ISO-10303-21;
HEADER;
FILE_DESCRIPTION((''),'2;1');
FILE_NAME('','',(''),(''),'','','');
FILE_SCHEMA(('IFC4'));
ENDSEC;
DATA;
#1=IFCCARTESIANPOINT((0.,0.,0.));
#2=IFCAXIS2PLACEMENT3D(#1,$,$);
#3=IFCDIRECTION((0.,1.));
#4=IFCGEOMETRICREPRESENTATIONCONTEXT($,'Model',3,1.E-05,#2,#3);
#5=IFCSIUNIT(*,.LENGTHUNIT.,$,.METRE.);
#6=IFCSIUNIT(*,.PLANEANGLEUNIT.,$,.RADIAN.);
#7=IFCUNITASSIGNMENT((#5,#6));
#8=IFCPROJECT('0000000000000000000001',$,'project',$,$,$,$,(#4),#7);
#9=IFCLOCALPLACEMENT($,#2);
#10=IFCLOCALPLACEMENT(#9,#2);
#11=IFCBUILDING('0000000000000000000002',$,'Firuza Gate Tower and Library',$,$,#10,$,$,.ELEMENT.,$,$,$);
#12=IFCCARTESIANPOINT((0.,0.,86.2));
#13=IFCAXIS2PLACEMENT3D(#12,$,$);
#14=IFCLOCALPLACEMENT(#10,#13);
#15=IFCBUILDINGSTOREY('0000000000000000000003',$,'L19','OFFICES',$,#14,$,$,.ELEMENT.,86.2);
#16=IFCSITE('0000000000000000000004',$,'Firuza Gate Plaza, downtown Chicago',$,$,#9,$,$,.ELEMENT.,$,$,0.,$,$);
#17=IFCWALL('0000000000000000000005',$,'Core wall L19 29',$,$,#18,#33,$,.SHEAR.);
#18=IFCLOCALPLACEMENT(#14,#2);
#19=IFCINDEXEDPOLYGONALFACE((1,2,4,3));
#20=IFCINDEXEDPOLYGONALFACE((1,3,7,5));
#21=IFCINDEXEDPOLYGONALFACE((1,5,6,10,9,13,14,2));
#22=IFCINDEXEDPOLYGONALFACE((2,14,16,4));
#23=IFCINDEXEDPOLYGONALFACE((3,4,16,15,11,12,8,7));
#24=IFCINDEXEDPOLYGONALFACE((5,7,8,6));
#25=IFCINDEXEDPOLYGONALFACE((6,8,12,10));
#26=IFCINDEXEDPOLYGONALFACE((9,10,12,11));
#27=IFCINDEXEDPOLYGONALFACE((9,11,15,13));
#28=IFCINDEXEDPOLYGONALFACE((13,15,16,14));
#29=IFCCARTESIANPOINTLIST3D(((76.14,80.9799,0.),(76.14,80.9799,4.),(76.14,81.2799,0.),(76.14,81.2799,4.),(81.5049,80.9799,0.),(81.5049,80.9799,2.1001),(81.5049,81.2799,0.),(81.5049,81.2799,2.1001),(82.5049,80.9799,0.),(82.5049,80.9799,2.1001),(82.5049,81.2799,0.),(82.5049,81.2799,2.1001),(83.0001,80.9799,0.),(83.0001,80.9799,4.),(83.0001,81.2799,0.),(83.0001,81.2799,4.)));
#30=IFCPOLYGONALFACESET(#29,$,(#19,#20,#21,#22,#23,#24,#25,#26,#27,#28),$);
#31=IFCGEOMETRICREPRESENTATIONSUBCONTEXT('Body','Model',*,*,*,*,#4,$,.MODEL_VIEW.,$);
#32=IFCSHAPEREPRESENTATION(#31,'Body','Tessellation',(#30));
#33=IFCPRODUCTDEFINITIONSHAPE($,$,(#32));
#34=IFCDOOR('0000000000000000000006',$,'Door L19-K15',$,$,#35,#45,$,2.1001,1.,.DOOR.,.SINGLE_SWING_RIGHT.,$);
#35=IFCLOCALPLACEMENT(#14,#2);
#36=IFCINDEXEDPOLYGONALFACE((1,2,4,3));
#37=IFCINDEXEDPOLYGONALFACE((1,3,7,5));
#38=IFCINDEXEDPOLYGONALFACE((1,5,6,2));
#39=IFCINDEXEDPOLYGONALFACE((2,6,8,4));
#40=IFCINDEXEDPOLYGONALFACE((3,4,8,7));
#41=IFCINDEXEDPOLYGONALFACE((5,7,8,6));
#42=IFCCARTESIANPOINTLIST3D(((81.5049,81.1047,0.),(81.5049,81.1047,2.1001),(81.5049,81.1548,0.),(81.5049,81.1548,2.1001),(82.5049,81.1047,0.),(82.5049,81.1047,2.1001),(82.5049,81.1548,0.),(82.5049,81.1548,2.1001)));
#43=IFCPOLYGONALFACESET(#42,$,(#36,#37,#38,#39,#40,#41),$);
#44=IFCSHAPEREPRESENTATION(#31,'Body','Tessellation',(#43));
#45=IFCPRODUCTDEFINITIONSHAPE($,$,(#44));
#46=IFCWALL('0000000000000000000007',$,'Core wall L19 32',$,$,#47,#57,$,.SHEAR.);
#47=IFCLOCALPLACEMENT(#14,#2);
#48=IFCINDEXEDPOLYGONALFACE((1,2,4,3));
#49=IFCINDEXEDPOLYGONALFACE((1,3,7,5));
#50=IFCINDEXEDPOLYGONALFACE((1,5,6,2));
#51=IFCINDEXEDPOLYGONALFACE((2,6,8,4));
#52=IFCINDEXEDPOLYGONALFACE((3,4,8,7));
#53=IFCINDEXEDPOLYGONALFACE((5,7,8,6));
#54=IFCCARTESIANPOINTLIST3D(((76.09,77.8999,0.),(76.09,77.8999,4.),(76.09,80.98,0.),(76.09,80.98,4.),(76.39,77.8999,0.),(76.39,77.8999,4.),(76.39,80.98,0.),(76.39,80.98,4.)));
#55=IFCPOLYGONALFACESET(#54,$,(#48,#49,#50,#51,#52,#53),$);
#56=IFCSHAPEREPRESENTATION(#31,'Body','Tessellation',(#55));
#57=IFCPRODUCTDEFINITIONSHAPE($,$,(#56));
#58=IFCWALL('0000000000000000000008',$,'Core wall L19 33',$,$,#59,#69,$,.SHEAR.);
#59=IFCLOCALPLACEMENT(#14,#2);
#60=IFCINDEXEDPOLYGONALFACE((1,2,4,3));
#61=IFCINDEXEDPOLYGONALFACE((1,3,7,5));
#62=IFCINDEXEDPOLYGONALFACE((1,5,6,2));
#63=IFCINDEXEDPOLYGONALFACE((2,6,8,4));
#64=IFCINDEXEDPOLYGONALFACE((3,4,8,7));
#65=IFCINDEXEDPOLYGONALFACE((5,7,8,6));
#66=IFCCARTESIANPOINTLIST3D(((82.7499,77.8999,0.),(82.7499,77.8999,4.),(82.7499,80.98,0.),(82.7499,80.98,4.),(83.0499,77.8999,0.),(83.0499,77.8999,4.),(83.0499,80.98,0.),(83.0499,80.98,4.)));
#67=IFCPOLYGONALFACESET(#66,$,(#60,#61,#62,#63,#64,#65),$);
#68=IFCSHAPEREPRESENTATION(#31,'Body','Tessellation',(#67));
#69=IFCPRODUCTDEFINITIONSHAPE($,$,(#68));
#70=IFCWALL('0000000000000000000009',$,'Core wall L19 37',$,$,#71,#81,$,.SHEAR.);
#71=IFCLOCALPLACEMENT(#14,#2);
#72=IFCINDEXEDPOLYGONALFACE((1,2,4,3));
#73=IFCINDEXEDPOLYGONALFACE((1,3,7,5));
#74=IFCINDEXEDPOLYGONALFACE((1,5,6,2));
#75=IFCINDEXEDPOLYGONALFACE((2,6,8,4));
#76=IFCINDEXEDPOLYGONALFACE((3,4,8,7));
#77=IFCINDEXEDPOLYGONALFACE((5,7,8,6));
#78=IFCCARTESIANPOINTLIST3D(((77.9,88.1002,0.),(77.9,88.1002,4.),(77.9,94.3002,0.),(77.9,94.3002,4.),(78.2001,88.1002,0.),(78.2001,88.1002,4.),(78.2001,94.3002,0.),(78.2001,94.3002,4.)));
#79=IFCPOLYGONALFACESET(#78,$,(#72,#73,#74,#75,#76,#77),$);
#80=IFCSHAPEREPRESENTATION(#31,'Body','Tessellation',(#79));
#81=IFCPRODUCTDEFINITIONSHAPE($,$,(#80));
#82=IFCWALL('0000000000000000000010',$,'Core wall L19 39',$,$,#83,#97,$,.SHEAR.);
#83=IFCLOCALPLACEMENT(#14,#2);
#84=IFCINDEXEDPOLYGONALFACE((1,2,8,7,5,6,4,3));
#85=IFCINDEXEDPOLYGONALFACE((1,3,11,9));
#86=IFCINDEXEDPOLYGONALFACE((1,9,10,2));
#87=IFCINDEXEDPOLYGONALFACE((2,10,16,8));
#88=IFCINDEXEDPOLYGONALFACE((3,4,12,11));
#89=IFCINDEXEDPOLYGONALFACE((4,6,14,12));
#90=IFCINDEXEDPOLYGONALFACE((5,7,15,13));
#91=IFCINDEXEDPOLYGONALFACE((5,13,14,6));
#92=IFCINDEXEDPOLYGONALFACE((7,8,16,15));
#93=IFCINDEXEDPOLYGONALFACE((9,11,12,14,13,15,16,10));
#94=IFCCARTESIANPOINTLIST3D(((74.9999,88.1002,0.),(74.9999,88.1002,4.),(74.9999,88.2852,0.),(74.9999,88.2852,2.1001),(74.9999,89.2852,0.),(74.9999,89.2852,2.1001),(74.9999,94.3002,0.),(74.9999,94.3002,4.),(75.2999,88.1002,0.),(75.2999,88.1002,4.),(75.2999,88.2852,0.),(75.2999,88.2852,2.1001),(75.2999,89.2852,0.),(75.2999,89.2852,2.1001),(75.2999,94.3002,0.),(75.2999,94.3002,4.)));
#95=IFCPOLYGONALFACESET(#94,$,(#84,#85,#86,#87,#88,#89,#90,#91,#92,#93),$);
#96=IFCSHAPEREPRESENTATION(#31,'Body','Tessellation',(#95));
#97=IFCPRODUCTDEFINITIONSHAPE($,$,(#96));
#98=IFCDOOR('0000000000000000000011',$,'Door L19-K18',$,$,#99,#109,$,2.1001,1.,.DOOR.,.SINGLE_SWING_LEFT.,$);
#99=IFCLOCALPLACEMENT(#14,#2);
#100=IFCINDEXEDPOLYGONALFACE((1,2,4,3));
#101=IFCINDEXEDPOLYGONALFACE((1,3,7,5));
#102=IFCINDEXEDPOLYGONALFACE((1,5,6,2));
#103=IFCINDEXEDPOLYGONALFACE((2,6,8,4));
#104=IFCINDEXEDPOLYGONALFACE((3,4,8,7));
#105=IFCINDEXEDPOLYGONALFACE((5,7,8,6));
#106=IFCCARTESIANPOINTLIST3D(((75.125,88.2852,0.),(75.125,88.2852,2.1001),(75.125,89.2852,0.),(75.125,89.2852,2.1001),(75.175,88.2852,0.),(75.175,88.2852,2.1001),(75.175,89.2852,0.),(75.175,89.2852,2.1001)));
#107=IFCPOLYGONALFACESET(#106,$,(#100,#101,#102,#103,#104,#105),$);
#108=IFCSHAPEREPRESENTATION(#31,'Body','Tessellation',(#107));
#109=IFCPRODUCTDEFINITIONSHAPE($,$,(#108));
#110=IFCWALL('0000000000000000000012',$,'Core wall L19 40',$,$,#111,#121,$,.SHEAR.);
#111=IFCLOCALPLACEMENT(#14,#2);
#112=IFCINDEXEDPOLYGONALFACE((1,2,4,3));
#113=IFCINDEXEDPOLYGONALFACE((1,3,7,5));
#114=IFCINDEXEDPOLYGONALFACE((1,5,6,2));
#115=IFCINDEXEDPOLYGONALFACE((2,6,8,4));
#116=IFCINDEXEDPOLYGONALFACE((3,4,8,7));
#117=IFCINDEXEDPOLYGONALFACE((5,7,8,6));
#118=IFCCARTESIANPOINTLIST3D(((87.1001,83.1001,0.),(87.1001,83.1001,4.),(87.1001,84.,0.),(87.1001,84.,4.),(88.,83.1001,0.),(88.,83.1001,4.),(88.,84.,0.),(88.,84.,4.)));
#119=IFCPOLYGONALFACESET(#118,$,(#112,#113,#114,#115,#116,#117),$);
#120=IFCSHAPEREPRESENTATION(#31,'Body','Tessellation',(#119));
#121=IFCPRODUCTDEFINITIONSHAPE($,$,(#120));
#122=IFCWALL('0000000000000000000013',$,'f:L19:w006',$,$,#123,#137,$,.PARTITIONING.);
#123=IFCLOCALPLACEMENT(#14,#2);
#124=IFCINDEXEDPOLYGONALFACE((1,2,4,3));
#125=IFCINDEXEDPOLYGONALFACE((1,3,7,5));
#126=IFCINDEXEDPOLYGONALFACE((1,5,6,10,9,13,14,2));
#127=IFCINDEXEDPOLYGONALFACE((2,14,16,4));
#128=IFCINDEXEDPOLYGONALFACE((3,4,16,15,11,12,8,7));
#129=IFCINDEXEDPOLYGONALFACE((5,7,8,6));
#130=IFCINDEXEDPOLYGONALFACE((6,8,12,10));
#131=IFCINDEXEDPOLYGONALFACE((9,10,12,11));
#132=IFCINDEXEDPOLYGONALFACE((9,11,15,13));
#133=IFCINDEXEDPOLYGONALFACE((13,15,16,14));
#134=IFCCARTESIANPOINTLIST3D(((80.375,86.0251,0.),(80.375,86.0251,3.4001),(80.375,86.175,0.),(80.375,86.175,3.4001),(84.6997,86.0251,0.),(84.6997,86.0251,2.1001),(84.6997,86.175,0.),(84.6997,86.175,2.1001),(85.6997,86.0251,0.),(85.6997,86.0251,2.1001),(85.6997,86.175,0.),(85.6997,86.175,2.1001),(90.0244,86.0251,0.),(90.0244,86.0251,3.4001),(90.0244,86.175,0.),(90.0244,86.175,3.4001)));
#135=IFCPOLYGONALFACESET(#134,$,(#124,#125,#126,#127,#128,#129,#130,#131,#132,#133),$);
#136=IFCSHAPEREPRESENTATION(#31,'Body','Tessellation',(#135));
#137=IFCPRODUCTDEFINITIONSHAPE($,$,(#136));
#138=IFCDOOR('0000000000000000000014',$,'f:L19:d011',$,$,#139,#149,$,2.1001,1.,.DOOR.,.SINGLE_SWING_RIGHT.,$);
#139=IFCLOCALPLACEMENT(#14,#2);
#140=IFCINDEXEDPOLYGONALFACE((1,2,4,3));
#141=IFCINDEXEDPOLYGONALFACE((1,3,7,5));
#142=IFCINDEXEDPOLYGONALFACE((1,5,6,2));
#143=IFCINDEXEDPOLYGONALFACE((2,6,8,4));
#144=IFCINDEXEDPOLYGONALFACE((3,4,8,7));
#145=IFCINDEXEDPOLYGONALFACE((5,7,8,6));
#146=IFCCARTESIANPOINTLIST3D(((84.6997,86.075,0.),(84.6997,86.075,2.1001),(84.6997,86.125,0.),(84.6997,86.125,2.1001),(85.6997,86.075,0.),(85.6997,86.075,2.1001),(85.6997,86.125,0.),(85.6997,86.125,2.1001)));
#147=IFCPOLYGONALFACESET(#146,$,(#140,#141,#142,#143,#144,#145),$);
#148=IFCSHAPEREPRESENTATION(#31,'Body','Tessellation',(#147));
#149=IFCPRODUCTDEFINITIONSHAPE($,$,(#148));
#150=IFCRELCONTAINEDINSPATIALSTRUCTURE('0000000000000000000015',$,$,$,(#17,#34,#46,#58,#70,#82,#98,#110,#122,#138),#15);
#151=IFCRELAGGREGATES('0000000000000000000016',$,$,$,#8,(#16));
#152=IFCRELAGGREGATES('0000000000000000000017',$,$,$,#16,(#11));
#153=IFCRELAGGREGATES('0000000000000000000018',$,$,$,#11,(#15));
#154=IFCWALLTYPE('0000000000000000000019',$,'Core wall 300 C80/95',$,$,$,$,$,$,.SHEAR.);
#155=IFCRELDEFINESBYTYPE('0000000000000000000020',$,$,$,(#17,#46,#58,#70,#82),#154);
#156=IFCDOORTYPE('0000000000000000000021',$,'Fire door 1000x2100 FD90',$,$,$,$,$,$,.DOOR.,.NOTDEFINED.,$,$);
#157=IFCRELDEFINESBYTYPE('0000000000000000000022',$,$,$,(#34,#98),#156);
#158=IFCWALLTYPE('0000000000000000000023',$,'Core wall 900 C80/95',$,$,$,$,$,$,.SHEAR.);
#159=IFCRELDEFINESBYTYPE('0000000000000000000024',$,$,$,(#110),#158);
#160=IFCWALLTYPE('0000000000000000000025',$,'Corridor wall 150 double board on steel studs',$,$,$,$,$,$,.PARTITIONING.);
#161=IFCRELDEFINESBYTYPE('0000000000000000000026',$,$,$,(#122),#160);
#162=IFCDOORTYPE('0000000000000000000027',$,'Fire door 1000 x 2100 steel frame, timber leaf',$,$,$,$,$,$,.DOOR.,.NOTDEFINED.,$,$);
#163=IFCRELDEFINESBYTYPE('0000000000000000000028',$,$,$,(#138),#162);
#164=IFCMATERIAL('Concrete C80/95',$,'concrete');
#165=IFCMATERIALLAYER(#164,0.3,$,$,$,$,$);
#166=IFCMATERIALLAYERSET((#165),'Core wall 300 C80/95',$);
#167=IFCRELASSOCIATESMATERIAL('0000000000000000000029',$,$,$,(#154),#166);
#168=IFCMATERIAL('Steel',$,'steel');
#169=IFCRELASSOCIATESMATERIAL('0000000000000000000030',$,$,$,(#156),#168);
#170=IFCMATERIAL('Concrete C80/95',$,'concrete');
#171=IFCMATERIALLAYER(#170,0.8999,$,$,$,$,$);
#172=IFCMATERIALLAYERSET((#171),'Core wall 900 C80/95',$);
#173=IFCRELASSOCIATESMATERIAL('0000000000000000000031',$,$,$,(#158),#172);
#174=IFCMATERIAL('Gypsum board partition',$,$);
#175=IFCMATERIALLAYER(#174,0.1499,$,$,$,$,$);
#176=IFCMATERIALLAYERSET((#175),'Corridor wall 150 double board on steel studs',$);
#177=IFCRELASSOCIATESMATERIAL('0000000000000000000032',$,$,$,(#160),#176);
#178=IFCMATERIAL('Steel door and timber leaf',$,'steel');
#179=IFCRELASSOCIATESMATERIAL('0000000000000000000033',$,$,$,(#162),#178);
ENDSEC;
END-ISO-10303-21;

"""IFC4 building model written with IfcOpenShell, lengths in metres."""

from ifc_helpers import new_model, si_unit, direction, frame, frame_2d, origin, place, context, subcontext, project, spatial, rectangle, extrude, material, layer, layer_set, type_object, element, fill, save


model = new_model("IFC4")

# Units and contexts
model_context = context("Model", 3, precision=1e-05, world=origin(), true_north=direction((0.0, 1.0)))
body_context = subcontext(model_context, "Body", "Model", "MODEL_VIEW")
ifc_project = project(units=[si_unit("LENGTHUNIT", "METRE"), si_unit("PLANEANGLEUNIT", "RADIAN")], contexts=[model_context])

# Site, building, storey
site_placement = place(None, origin())
site = spatial("IfcSite", under=ifc_project, at=site_placement, Name="Firuza Gate Plaza, downtown Chicago", CompositionType="ELEMENT", RefElevation=0.0)
building_placement = place(site_placement, origin())
building = spatial("IfcBuilding", under=site, at=building_placement, Name="Firuza Gate Tower and Library", CompositionType="ELEMENT")
storey_placement = place(building_placement, frame((0.0, 0.0, 86.2)))
storey = spatial("IfcBuildingStorey", under=building, at=storey_placement, Name="L19", Description="OFFICES", CompositionType="ELEMENT", Elevation=86.2)

# Shared definitions
ifc_material_1 = material(Name="Concrete C80/95", Category="concrete")
ifc_layer_1 = layer(ifc_material_1, 0.3)
ifc_layer_set_1 = layer_set([ifc_layer_1], Name="Core wall 300 C80/95")
wall_type_1 = type_object("IfcWallType", Name="Core wall 300 C80/95", PredefinedType="SHEAR", material=ifc_layer_set_1)

# Wall, opening, door
wall_1_placement = place(storey_placement, frame((76.1399, 81.1299, 0.0), z_axis=(0.0, 0.0, 1.0), x_axis=(1.0, 0.0, 0.0)))
wall_1 = element("IfcWall", 1, at=wall_1_placement, inside=storey, type_object=wall_type_1, Name="Core wall L19 29", PredefinedType="SHEAR", context=body_context, shape_type="SweptSolid", body=[
    extrude(rectangle(XDim=6.8601, YDim=0.3, at=frame_2d((3.4302, 0.0))), origin(), (0.0, 0.0, 1.0), 4.0),
])
opening_1_placement = place(wall_1_placement, frame((5.365, 0.0, 0.0)))
opening_1 = element("IfcOpeningElement", 2, at=opening_1_placement, cuts=wall_1, PredefinedType="OPENING", context=body_context, shape_type="SweptSolid", body=[
    extrude(rectangle(XDim=1.0, YDim=2.1001, at=frame_2d((0.5, 1.05))), frame((0.0, 0.1602, 0.0), z_axis=(0.0, -1.0, 0.0), x_axis=(1.0, 0.0, 0.0)), (0.0, 0.0, 1.0), 0.3201),
])
ifc_material_2 = material(Name="Steel", Category="steel")
door_type_1 = type_object("IfcDoorType", Name="Fire door 1000x2100 FD90", OperationType="NOTDEFINED", PredefinedType="DOOR", material=ifc_material_2)
door_1_placement = place(opening_1_placement, origin())
door_1 = element("IfcDoor", 3, at=door_1_placement, inside=storey, type_object=door_type_1, Name="Door L19-K15", OperationType="SINGLE_SWING_RIGHT", OverallHeight=2.1001, OverallWidth=1.0, PredefinedType="DOOR", context=body_context, shape_type="SweptSolid", body=[
    extrude(rectangle(XDim=1.0, YDim=2.1001, at=frame_2d((0.5, 1.05))), frame((0.0, 0.0249, 0.0), z_axis=(0.0, -1.0, 0.0), x_axis=(1.0, 0.0, 0.0)), (0.0, 0.0, 1.0), 0.05),
])
fill(opening_1, door_1)

# Walls
for number, where, z_axis, x_axis, name in (
    (4, (76.24, 77.8999, 0.0), (0.0, 0.0, 1.0), (0.0, 1.0, 0.0), "Core wall L19 32"),
    (5, (82.8999, 77.8999, 0.0), (0.0, 0.0, 1.0), (0.0, 1.0, 0.0), "Core wall L19 33"),
):
    element("IfcWall", number, at=place(storey_placement, frame(where, z_axis=z_axis, x_axis=x_axis)), inside=storey, type_object=wall_type_1, Name=name, PredefinedType="SHEAR", context=body_context, shape_type="SweptSolid", body=[
        extrude(rectangle(XDim=3.0801, YDim=0.3, at=frame_2d((1.54, 0.0))), origin(), (0.0, 0.0, 1.0), 4.0),
    ])
wall_2_placement = place(storey_placement, frame((78.05, 88.1001, 0.0), z_axis=(0.0, 0.0, 1.0), x_axis=(0.0, 1.0, 0.0)))
element("IfcWall", 6, at=wall_2_placement, inside=storey, type_object=wall_type_1, Name="Core wall L19 37", PredefinedType="SHEAR", context=body_context, shape_type="SweptSolid", body=[
    extrude(rectangle(XDim=6.2, YDim=0.3, at=frame_2d((3.1001, 0.0))), origin(), (0.0, 0.0, 1.0), 4.0),
])

# Wall, opening, door
wall_3_placement = place(storey_placement, frame((75.1499, 88.1001, 0.0), z_axis=(0.0, 0.0, 1.0), x_axis=(0.0, 1.0, 0.0)))
wall_3 = element("IfcWall", 7, at=wall_3_placement, inside=storey, type_object=wall_type_1, Name="Core wall L19 39", PredefinedType="SHEAR", context=body_context, shape_type="SweptSolid", body=[
    extrude(rectangle(XDim=6.2, YDim=0.3, at=frame_2d((3.1001, 0.0))), origin(), (0.0, 0.0, 1.0), 4.0),
])
opening_2_placement = place(wall_3_placement, frame((0.1851, 0.0, 0.0)))
opening_2 = element("IfcOpeningElement", 8, at=opening_2_placement, cuts=wall_3, PredefinedType="OPENING", context=body_context, shape_type="SweptSolid", body=[
    extrude(rectangle(XDim=1.0, YDim=2.1001, at=frame_2d((0.5, 1.05))), frame((0.0, 0.1602, 0.0), z_axis=(0.0, -1.0, 0.0), x_axis=(1.0, 0.0, 0.0)), (0.0, 0.0, 1.0), 0.3201),
])
door_2_placement = place(opening_2_placement, origin())
door_2 = element("IfcDoor", 9, at=door_2_placement, inside=storey, type_object=door_type_1, Name="Door L19-K18", OperationType="SINGLE_SWING_LEFT", OverallHeight=2.1001, OverallWidth=1.0, PredefinedType="DOOR", context=body_context, shape_type="SweptSolid", body=[
    extrude(rectangle(XDim=1.0, YDim=2.1001, at=frame_2d((0.5, 1.05))), frame((0.0, 0.0249, 0.0), z_axis=(0.0, -1.0, 0.0), x_axis=(1.0, 0.0, 0.0)), (0.0, 0.0, 1.0), 0.05),
])
fill(opening_2, door_2)

# Wall
ifc_material_3 = material(Name="Concrete C80/95", Category="concrete")
ifc_layer_2 = layer(ifc_material_3, 0.8999)
ifc_layer_set_2 = layer_set([ifc_layer_2], Name="Core wall 900 C80/95")
wall_type_2 = type_object("IfcWallType", Name="Core wall 900 C80/95", PredefinedType="SHEAR", material=ifc_layer_set_2)
wall_4_placement = place(storey_placement, frame((87.1001, 83.55, 0.0), z_axis=(0.0, 0.0, 1.0), x_axis=(1.0, 0.0, 0.0)))
element("IfcWall", 10, at=wall_4_placement, inside=storey, type_object=wall_type_2, Name="Core wall L19 40", PredefinedType="SHEAR", context=body_context, shape_type="SweptSolid", body=[
    extrude(rectangle(XDim=0.8999, YDim=0.8999, at=frame_2d((0.45, 0.0))), origin(), (0.0, 0.0, 1.0), 4.0),
])

# Wall, opening, door
ifc_material_4 = material(Name="Gypsum board partition")
ifc_layer_3 = layer(ifc_material_4, 0.1499)
ifc_layer_set_3 = layer_set([ifc_layer_3], Name="Corridor wall 150 double board on steel studs")
wall_type_3 = type_object("IfcWallType", Name="Corridor wall 150 double board on steel studs", PredefinedType="PARTITIONING", material=ifc_layer_set_3)
wall_5_placement = place(storey_placement, frame((80.375, 86.1001, 0.0), z_axis=(0.0, 0.0, 1.0), x_axis=(1.0, 0.0, 0.0)))
wall_5 = element("IfcWall", 11, at=wall_5_placement, inside=storey, type_object=wall_type_3, Name="f:L19:w006", PredefinedType="PARTITIONING", context=body_context, shape_type="SweptSolid", body=[
    extrude(rectangle(XDim=9.6494, YDim=0.1499, at=frame_2d((4.8247, 0.0))), origin(), (0.0, 0.0, 1.0), 3.4001),
])
opening_3_placement = place(wall_5_placement, frame((4.3247, 0.0, 0.0)))
opening_3 = element("IfcOpeningElement", 12, at=opening_3_placement, cuts=wall_5, PredefinedType="OPENING", context=body_context, shape_type="SweptSolid", body=[
    extrude(rectangle(XDim=1.0, YDim=2.1001, at=frame_2d((0.5, 1.05))), frame((0.0, 0.085, 0.0), z_axis=(0.0, -1.0, 0.0), x_axis=(1.0, 0.0, 0.0)), (0.0, 0.0, 1.0), 0.1699),
])
ifc_material_5 = material(Name="Steel door and timber leaf", Category="steel")
door_type_2 = type_object("IfcDoorType", Name="Fire door 1000 x 2100 steel frame, timber leaf", OperationType="NOTDEFINED", PredefinedType="DOOR", material=ifc_material_5)
door_3_placement = place(opening_3_placement, origin())
door_3 = element("IfcDoor", 13, at=door_3_placement, inside=storey, type_object=door_type_2, Name="f:L19:d011", OperationType="SINGLE_SWING_RIGHT", OverallHeight=2.1001, OverallWidth=1.0, PredefinedType="DOOR", context=body_context, shape_type="SweptSolid", body=[
    extrude(rectangle(XDim=1.0, YDim=2.1001, at=frame_2d((0.5, 1.05))), frame((0.0, 0.0249, 0.0), z_axis=(0.0, -1.0, 0.0), x_axis=(1.0, 0.0, 0.0)), (0.0, 0.0, 1.0), 0.05),
])
fill(opening_3, door_3)

save(model, "model.ifc")
